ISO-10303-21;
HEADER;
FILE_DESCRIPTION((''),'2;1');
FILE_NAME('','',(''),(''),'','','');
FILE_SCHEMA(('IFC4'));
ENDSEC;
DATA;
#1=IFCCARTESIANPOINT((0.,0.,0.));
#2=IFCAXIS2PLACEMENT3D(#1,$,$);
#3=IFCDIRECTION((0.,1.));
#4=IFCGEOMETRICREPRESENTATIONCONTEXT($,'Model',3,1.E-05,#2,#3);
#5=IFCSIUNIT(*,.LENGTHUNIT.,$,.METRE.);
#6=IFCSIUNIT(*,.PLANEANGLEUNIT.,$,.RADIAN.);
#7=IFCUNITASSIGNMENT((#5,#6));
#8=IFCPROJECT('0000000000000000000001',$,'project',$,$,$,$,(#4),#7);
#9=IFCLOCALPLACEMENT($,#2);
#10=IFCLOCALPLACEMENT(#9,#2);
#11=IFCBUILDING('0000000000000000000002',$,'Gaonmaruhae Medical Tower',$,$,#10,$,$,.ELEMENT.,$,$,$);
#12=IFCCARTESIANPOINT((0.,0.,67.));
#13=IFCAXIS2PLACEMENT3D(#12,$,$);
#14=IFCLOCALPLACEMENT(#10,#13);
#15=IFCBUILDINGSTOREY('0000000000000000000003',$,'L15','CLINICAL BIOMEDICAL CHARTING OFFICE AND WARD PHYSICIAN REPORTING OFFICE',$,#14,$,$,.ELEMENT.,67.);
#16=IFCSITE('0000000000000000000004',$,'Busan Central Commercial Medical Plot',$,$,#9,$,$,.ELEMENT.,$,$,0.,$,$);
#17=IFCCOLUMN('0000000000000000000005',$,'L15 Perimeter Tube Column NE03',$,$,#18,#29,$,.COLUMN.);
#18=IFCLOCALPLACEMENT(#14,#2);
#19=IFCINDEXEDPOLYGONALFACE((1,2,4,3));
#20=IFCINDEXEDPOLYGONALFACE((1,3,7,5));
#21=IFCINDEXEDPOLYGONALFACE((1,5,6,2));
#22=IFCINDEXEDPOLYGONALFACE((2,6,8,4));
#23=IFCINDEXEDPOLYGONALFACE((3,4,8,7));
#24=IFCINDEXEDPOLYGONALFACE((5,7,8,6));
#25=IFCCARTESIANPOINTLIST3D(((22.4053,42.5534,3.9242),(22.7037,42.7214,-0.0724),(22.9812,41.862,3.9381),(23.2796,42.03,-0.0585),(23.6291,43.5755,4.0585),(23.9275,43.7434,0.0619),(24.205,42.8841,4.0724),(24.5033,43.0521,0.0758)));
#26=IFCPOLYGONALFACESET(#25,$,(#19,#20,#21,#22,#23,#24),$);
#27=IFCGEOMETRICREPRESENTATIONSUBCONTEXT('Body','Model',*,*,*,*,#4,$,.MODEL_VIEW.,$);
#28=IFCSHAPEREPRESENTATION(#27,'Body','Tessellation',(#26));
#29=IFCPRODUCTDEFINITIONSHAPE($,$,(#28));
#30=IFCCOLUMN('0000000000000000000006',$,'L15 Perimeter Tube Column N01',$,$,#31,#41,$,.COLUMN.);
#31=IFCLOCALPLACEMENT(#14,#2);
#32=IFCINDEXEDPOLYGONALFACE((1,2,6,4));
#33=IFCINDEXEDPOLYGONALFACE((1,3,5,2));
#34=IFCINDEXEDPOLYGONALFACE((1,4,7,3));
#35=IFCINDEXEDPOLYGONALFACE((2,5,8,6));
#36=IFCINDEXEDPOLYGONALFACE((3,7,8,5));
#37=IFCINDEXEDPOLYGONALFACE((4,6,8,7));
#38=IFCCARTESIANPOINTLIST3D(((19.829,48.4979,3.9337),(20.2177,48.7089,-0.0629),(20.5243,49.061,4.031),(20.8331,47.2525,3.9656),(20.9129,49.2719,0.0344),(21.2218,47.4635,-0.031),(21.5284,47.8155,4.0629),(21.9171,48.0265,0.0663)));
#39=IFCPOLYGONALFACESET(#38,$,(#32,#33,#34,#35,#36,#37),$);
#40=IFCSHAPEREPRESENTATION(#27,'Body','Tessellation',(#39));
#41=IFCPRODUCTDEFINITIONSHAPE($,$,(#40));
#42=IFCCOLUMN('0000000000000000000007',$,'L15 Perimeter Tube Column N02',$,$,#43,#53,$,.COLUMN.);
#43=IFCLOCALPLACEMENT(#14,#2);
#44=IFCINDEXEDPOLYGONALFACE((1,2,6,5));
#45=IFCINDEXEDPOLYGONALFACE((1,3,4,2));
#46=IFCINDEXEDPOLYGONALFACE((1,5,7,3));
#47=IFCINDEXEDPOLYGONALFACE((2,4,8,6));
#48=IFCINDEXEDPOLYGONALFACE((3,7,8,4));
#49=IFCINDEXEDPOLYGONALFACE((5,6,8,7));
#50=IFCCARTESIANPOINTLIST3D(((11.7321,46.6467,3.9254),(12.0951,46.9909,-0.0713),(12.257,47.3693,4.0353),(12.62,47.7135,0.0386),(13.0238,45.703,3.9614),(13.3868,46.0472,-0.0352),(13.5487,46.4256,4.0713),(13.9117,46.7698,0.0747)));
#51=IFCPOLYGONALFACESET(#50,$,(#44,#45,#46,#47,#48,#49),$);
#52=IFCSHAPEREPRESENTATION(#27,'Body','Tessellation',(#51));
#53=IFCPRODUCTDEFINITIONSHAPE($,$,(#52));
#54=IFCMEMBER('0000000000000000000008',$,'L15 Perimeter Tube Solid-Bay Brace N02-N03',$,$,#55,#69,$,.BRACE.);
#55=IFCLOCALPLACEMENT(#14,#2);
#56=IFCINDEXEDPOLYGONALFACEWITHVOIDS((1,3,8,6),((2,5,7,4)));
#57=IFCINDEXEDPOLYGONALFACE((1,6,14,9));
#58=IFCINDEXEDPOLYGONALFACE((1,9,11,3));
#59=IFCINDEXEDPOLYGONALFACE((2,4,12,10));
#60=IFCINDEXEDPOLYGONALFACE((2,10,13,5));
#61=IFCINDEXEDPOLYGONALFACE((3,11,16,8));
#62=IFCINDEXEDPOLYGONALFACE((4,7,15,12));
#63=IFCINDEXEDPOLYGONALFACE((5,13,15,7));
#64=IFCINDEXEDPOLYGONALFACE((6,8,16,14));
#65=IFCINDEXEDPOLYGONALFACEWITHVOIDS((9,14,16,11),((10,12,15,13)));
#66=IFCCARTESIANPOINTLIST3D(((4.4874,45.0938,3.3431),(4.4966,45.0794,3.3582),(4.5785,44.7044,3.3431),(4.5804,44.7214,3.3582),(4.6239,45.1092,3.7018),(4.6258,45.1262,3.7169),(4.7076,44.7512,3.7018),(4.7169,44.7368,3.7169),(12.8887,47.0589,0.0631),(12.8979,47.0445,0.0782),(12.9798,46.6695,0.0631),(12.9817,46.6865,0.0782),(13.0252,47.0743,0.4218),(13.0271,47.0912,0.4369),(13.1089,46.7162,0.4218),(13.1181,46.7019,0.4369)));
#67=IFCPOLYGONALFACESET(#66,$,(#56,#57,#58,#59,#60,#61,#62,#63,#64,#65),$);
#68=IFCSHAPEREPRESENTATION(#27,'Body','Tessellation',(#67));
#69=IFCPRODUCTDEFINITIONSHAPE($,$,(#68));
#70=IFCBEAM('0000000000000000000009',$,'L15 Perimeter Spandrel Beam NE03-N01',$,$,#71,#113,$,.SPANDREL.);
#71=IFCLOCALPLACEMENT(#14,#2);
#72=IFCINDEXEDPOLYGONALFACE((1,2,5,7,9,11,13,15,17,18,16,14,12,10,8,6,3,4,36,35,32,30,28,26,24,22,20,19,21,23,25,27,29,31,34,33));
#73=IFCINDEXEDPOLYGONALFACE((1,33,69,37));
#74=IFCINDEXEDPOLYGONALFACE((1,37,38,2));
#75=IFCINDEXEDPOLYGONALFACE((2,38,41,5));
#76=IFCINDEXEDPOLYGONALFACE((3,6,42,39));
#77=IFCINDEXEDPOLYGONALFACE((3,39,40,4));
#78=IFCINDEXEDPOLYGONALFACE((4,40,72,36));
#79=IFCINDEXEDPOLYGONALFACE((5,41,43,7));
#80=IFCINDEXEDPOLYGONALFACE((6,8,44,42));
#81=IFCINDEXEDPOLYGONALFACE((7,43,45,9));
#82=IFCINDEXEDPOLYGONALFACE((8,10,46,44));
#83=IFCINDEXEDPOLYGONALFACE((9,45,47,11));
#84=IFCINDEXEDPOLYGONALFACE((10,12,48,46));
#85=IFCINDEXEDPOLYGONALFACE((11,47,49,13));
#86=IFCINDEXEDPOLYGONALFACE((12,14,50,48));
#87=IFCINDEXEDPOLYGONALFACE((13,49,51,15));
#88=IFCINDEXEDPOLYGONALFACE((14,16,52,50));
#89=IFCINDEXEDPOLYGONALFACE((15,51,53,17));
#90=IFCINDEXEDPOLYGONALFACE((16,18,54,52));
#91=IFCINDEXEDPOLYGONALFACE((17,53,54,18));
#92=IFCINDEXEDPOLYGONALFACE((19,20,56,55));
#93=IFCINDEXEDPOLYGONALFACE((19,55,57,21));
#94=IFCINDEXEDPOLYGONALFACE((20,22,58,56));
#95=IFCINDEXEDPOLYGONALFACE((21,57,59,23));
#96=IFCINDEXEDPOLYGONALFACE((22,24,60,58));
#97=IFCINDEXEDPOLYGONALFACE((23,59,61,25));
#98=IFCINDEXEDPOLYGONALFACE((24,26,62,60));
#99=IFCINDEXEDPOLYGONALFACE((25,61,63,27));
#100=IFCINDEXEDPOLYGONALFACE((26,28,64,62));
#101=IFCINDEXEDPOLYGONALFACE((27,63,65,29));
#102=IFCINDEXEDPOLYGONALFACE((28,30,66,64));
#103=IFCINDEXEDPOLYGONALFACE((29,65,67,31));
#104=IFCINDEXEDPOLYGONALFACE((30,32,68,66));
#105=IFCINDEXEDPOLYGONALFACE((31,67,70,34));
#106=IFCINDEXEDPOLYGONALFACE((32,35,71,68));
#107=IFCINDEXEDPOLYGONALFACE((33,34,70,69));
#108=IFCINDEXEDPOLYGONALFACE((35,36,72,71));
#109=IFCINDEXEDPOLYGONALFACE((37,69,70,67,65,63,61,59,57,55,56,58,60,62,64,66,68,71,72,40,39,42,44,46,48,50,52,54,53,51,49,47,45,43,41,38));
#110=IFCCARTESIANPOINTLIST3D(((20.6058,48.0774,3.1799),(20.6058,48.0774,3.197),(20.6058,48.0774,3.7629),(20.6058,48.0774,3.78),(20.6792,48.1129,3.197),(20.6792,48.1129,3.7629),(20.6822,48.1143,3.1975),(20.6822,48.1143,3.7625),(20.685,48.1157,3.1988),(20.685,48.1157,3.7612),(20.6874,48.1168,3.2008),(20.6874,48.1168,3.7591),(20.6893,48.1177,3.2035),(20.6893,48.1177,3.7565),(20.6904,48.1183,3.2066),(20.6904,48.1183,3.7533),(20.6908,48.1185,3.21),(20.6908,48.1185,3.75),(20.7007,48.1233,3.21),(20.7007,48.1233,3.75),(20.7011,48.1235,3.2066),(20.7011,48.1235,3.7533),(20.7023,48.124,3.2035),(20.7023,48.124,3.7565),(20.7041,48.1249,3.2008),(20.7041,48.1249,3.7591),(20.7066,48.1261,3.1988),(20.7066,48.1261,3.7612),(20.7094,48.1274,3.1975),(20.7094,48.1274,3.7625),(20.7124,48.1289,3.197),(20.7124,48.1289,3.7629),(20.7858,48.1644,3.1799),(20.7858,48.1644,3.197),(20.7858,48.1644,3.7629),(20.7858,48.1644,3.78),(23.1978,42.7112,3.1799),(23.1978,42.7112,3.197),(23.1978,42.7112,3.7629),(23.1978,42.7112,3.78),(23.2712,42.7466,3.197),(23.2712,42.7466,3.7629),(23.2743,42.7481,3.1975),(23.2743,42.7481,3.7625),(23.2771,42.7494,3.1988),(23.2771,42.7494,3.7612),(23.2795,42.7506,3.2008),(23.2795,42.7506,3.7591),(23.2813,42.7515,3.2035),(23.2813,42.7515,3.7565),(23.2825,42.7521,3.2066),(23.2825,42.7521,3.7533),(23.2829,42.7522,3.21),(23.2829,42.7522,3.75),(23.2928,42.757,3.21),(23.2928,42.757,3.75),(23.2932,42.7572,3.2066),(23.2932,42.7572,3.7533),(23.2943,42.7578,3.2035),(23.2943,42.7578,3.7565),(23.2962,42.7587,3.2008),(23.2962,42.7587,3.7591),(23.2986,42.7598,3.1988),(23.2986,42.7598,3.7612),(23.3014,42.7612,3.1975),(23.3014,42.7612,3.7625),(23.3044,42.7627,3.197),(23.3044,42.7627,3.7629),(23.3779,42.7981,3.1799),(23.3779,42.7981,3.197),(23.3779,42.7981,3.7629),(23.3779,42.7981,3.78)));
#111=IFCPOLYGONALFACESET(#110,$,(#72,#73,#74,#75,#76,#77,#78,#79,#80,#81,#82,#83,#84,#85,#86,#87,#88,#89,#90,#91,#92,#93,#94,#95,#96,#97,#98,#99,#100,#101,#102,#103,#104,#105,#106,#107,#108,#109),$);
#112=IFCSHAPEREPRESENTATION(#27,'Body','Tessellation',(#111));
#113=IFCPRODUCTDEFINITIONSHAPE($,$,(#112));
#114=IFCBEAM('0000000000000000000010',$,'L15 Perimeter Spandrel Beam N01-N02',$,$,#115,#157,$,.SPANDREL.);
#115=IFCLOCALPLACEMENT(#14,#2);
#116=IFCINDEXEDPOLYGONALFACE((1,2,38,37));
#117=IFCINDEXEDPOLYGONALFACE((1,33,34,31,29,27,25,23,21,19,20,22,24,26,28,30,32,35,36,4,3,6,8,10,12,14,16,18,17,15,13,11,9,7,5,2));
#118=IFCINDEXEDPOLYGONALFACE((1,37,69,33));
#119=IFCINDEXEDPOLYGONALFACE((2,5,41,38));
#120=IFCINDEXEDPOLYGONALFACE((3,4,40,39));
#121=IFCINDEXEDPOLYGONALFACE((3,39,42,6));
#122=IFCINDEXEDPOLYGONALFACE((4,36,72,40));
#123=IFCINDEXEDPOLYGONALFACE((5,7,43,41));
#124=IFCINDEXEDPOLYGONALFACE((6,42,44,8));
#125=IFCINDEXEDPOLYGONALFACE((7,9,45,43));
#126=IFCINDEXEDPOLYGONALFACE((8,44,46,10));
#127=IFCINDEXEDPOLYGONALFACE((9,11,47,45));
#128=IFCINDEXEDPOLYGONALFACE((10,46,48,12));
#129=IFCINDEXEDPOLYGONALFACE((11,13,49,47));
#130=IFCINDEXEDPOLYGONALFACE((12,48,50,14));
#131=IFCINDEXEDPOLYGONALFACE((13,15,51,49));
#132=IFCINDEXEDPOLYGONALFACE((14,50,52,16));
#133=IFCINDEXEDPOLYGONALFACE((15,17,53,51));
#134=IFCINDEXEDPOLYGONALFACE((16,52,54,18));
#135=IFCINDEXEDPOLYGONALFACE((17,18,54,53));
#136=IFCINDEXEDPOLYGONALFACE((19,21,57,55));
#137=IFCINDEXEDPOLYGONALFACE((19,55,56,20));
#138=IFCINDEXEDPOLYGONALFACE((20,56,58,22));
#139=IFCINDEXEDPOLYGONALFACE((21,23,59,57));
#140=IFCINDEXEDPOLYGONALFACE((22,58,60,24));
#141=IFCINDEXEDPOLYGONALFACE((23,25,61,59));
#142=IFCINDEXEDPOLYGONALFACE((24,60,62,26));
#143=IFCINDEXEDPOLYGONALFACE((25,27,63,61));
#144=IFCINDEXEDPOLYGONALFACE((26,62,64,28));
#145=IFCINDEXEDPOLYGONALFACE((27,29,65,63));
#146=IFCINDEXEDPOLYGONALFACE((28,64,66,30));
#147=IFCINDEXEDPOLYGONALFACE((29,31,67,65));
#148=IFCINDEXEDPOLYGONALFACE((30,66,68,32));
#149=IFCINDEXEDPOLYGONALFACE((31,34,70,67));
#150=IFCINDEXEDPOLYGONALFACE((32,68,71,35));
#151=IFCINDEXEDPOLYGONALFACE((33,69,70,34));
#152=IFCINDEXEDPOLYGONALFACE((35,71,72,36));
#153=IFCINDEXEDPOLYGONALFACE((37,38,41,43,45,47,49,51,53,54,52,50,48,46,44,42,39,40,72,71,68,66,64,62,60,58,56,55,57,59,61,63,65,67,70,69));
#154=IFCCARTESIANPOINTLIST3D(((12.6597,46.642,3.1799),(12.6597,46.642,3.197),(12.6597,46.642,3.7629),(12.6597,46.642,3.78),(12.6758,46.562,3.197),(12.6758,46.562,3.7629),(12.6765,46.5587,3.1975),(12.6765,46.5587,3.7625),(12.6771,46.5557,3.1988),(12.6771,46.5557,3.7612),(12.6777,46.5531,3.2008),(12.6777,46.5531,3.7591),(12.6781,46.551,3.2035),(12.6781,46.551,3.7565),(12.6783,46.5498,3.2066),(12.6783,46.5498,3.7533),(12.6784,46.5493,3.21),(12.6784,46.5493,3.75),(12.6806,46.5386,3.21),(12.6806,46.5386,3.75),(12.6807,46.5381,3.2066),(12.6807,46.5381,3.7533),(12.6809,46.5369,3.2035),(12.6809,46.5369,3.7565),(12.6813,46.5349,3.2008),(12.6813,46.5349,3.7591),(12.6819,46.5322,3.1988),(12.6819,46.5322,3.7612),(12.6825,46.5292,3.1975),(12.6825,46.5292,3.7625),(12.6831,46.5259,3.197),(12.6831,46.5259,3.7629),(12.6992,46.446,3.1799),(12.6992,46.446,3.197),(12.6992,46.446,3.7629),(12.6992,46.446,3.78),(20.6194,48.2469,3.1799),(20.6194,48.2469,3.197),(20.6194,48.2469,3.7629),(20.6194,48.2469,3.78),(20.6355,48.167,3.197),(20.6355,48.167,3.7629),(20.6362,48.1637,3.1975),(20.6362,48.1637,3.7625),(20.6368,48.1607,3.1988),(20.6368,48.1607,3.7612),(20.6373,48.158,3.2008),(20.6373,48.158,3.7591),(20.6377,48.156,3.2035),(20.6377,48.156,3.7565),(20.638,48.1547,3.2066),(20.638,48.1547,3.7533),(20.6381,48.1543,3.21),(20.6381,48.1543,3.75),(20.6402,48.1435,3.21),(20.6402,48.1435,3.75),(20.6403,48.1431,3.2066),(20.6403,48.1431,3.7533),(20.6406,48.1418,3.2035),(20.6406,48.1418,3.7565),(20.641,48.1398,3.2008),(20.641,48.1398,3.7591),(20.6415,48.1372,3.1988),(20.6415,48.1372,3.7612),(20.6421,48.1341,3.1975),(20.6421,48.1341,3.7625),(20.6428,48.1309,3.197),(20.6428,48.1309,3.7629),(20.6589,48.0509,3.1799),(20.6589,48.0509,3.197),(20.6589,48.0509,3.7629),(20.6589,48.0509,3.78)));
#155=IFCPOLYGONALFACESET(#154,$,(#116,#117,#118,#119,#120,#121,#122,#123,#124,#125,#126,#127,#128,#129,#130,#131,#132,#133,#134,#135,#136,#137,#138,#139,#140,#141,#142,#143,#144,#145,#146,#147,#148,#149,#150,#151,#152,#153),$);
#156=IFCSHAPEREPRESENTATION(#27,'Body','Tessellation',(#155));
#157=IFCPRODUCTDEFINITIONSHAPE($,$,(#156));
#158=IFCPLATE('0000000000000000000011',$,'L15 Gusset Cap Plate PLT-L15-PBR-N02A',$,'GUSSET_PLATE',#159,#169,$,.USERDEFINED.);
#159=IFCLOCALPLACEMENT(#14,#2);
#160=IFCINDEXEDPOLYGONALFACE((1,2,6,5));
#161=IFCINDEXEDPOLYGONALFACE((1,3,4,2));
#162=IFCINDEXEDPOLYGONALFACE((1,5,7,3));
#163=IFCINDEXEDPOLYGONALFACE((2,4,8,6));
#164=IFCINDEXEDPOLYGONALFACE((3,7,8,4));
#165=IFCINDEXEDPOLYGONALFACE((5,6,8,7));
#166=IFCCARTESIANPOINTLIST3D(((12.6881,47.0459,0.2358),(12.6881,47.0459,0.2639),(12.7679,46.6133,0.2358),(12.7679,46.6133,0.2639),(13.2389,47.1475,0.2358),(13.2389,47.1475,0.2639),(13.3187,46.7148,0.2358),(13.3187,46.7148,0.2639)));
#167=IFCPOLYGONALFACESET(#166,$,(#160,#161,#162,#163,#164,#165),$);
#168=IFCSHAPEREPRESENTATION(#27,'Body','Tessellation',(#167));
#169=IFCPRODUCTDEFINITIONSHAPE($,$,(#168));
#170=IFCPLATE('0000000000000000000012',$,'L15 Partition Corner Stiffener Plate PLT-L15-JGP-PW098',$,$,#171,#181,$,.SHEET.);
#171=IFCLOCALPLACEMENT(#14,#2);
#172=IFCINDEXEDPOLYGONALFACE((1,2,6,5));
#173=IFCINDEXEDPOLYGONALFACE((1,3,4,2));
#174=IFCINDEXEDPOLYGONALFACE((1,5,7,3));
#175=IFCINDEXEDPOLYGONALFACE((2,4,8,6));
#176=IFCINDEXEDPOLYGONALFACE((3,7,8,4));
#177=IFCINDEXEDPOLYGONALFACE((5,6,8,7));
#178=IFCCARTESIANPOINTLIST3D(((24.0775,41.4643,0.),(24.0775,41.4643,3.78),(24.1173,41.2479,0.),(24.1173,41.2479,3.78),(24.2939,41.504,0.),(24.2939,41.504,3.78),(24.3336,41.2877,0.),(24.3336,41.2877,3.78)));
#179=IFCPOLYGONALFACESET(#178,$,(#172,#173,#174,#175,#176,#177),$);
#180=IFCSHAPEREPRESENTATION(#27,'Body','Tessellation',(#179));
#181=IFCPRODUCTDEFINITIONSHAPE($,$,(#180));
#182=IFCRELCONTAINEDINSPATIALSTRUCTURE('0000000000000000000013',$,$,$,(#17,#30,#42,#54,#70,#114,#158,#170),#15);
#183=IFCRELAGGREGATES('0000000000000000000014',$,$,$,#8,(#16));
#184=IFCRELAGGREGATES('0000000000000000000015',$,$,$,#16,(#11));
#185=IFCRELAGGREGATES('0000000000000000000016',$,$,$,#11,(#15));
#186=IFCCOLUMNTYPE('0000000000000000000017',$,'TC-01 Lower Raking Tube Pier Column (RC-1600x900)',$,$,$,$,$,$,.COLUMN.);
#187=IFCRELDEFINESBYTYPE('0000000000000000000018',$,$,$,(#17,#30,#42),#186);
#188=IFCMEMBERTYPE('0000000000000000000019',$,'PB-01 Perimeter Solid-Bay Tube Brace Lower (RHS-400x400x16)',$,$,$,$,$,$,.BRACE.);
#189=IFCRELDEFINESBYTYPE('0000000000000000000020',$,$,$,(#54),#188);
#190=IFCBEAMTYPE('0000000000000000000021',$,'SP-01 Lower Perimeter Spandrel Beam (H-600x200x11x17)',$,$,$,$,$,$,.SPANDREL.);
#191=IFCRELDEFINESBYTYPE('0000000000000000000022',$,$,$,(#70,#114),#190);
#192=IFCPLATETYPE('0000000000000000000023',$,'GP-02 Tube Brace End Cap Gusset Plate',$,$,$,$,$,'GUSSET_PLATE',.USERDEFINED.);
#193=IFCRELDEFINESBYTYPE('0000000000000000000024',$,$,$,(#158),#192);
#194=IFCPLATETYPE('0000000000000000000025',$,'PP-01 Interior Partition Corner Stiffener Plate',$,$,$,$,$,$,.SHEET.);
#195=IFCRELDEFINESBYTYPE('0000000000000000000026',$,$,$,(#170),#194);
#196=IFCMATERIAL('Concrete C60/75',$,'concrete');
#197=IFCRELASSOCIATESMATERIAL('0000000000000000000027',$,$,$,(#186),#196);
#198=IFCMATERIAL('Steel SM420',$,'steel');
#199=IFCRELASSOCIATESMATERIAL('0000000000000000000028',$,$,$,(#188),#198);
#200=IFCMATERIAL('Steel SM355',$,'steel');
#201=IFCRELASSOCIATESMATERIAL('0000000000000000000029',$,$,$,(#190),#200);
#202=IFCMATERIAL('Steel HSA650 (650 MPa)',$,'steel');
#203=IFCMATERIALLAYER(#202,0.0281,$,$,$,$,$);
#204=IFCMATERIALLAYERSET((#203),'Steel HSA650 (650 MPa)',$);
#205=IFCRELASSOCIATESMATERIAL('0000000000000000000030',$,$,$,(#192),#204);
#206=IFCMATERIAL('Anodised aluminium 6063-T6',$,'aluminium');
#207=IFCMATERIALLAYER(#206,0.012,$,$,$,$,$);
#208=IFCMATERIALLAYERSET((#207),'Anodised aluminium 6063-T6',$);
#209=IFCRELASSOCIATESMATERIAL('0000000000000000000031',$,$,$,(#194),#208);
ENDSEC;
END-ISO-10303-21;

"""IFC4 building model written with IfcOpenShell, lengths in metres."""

from ifc_helpers import new_model, si_unit, direction, frame, origin, origin_2d, place, context, subcontext, project, spatial, rectangle, hollow_rectangle, i_section, extrude, material, layer, layer_set, material_profile, profile_set, type_object, element, save


model = new_model("IFC4")

# Units and contexts
model_context = context("Model", 3, precision=1e-05, world=origin(), true_north=direction((0.0, 1.0)))
body_context = subcontext(model_context, "Body", "Model", "MODEL_VIEW")
ifc_project = project(units=[si_unit("LENGTHUNIT", "METRE"), si_unit("PLANEANGLEUNIT", "RADIAN")], contexts=[model_context])

# Site, building, storey
site_placement = place(None, origin())
site = spatial("IfcSite", under=ifc_project, at=site_placement, Name="Busan Central Commercial Medical Plot", CompositionType="ELEMENT", RefElevation=0.0)
building_placement = place(site_placement, origin())
building = spatial("IfcBuilding", under=site, at=building_placement, Name="Gaonmaruhae Medical Tower", CompositionType="ELEMENT")
storey_placement = place(building_placement, frame((0.0, 0.0, 67.0)))
storey = spatial("IfcBuildingStorey", under=building, at=storey_placement, Name="L15", Description="CLINICAL BIOMEDICAL CHARTING OFFICE AND WARD PHYSICIAN REPORTING OFFICE", CompositionType="ELEMENT", Elevation=67.0)

# Columns
ifc_material_1 = material(Name="Concrete C60/75", Category="concrete")
ifc_material_profile_1 = material_profile(ifc_material_1, rectangle(XDim=1.6001, YDim=0.8999, at=origin_2d()), Name="RC-1600x900")
ifc_profile_set_1 = profile_set([ifc_material_profile_1], Name="Concrete C60/75")
column_type = type_object("IfcColumnType", Name="TC-01 Lower Raking Tube Pier Column (RC-1600x900)", PredefinedType="COLUMN", material=ifc_profile_set_1)
column_1_placement = place(storey_placement, frame((23.6035, 42.8867, 0.0017), z_axis=(-0.074376, -0.041875, 0.996351), x_axis=(0.764821, 0.638751, 0.083938)))
element("IfcColumn", 1, at=column_1_placement, inside=storey, type_object=column_type, Name="L15 Perimeter Tube Column NE03", PredefinedType="COLUMN", context=body_context, shape_type="SweptSolid", body=[
    extrude(rectangle(XDim=1.6001, YDim=0.8999, at=origin_2d()), origin(), (0.0, 0.0, 1.0), 4.0112),
])
column_2_placement = place(storey_placement, frame((21.0674, 48.3677, 0.0017), z_axis=(-0.096661, -0.052459, 0.993934), x_axis=(0.627529, -0.778337, 0.019948)))
element("IfcColumn", 2, at=column_2_placement, inside=storey, type_object=column_type, Name="L15 Perimeter Tube Column N01", PredefinedType="COLUMN", context=body_context, shape_type="SweptSolid", body=[
    extrude(rectangle(XDim=1.6001, YDim=0.8999, at=origin_2d()), origin(), (0.0, 0.0, 1.0), 4.021),
])
column_3_placement = place(storey_placement, frame((13.0034, 46.8804, 0.0017), z_axis=(-0.090133, -0.085466, 0.992256), x_axis=(0.807253, -0.589775, 0.022529)))
element("IfcColumn", 3, at=column_3_placement, inside=storey, type_object=column_type, Name="L15 Perimeter Tube Column N02", PredefinedType="COLUMN", context=body_context, shape_type="SweptSolid", body=[
    extrude(rectangle(XDim=1.6001, YDim=0.8999, at=origin_2d()), origin(), (0.0, 0.0, 1.0), 4.0278),
])

# Member
ifc_material_2 = material(Name="Steel SM420", Category="steel")
ifc_material_profile_2 = material_profile(ifc_material_2, hollow_rectangle(XDim=0.3999, YDim=0.3999, WallThickness=0.0161, at=origin_2d()), Name="RHS-400x400x16")
ifc_profile_set_2 = profile_set([ifc_material_profile_2], Name="Steel SM420")
member_type = type_object("IfcMemberType", Name="PB-01 Perimeter Solid-Bay Tube Brace Lower (RHS-400x400x16)", PredefinedType="BRACE", material=ifc_profile_set_2)
member_placement = place(storey_placement, frame((13.0034, 46.8804, 0.25), z_axis=(-0.910169, -0.212889, 0.355345), x_axis=(0.227754, -0.973719, 0.0)))
element("IfcMember", 4, at=member_placement, inside=storey, type_object=member_type, Name="L15 Perimeter Tube Solid-Bay Brace N02-N03", PredefinedType="BRACE", context=body_context, shape_type="SweptSolid", body=[
    extrude(hollow_rectangle(XDim=0.3999, YDim=0.3999, WallThickness=0.0161, at=origin_2d()), origin(), (0.0, 0.0, 1.0), 9.2305),
])

# Beams
ifc_material_3 = material(Name="Steel SM355", Category="steel")
ifc_material_profile_3 = material_profile(ifc_material_3, i_section(OverallWidth=0.2, OverallDepth=0.6001, WebThickness=0.011, FlangeThickness=0.0171, FilletRadius=0.0129, at=origin_2d()), Name="H-600x200x11x17")
ifc_profile_set_3 = profile_set([ifc_material_profile_3], Name="Steel SM355")
beam_type = type_object("IfcBeamType", Name="SP-01 Lower Perimeter Spandrel Beam (H-600x200x11x17)", PredefinedType="SPANDREL", material=ifc_profile_set_3)
beam_1_placement = place(storey_placement, frame((23.2878, 42.7546, 3.48), z_axis=(-0.434947, 0.900456, 0.0), x_axis=(-0.900456, -0.434947, 0.0)))
element("IfcBeam", 5, at=beam_1_placement, inside=storey, type_object=beam_type, Name="L15 Perimeter Spandrel Beam NE03-N01", PredefinedType="SPANDREL", context=body_context, shape_type="SweptSolid", body=[
    extrude(i_section(OverallWidth=0.2, OverallDepth=0.6001, WebThickness=0.011, FlangeThickness=0.0171, FilletRadius=0.0129, at=origin_2d()), origin(), (0.0, 0.0, 1.0), 5.9595),
])
beam_2_placement = place(storey_placement, frame((20.6392, 48.1489, 3.48), z_axis=(-0.980271, -0.19766, 0.0), x_axis=(0.19766, -0.980271, 0.0)))
element("IfcBeam", 6, at=beam_2_placement, inside=storey, type_object=beam_type, Name="L15 Perimeter Spandrel Beam N01-N02", PredefinedType="SPANDREL", context=body_context, shape_type="SweptSolid", body=[
    extrude(i_section(OverallWidth=0.2, OverallDepth=0.6001, WebThickness=0.011, FlangeThickness=0.0171, FilletRadius=0.0129, at=origin_2d()), origin(), (0.0, 0.0, 1.0), 8.1199),
])

# Plates
ifc_material_4 = material(Name="Steel HSA650 (650 MPa)", Category="steel")
ifc_layer_1 = layer(ifc_material_4, 0.0281)
ifc_layer_set_1 = layer_set([ifc_layer_1], Name="Steel HSA650 (650 MPa)")
plate_type_1 = type_object("IfcPlateType", Name="GP-02 Tube Brace End Cap Gusset Plate", ElementType="GUSSET_PLATE", PredefinedType="USERDEFINED", material=ifc_layer_set_1)
plate_placement = place(storey_placement, frame((13.0034, 46.8804, 0.2358), z_axis=(0.0, 0.0, 1.0), x_axis=(0.983414, 0.181377, 0.0)))
element("IfcPlate", 7, at=plate_placement, inside=storey, type_object=plate_type_1, Name="L15 Gusset Cap Plate PLT-L15-PBR-N02A", ObjectType="GUSSET_PLATE", PredefinedType="USERDEFINED", context=body_context, shape_type="SweptSolid", body=[
    extrude(rectangle(XDim=0.5601, YDim=0.4399, at=origin_2d()), origin(), (0.0, 0.0, 1.0), 0.0281),
])
ifc_material_5 = material(Name="Anodised aluminium 6063-T6", Category="aluminium")
ifc_layer_2 = layer(ifc_material_5, 0.012)
ifc_layer_set_2 = layer_set([ifc_layer_2], Name="Anodised aluminium 6063-T6")
plate_type_2 = type_object("IfcPlateType", Name="PP-01 Interior Partition Corner Stiffener Plate", PredefinedType="SHEET", material=ifc_layer_set_2)
for number, where, z_axis, x_axis, name in (
    (8, (24.2056, 41.376, 0.0), (0.0, 0.0, 1.0), (-0.983518, -0.180811, 0.0), "L15 Partition Corner Stiffener Plate PLT-L15-JGP-PW098"),
):
    element("IfcPlate", number, at=place(storey_placement, frame(where, z_axis=z_axis, x_axis=x_axis)), inside=storey, type_object=plate_type_2, Name=name, PredefinedType="SHEET", context=body_context, shape_type="SweptSolid", body=[
        extrude(rectangle(XDim=0.22, YDim=0.22, at=origin_2d()), origin(), (0.0, 0.0, 1.0), 3.78),
    ])

save(model, "model.ifc")
